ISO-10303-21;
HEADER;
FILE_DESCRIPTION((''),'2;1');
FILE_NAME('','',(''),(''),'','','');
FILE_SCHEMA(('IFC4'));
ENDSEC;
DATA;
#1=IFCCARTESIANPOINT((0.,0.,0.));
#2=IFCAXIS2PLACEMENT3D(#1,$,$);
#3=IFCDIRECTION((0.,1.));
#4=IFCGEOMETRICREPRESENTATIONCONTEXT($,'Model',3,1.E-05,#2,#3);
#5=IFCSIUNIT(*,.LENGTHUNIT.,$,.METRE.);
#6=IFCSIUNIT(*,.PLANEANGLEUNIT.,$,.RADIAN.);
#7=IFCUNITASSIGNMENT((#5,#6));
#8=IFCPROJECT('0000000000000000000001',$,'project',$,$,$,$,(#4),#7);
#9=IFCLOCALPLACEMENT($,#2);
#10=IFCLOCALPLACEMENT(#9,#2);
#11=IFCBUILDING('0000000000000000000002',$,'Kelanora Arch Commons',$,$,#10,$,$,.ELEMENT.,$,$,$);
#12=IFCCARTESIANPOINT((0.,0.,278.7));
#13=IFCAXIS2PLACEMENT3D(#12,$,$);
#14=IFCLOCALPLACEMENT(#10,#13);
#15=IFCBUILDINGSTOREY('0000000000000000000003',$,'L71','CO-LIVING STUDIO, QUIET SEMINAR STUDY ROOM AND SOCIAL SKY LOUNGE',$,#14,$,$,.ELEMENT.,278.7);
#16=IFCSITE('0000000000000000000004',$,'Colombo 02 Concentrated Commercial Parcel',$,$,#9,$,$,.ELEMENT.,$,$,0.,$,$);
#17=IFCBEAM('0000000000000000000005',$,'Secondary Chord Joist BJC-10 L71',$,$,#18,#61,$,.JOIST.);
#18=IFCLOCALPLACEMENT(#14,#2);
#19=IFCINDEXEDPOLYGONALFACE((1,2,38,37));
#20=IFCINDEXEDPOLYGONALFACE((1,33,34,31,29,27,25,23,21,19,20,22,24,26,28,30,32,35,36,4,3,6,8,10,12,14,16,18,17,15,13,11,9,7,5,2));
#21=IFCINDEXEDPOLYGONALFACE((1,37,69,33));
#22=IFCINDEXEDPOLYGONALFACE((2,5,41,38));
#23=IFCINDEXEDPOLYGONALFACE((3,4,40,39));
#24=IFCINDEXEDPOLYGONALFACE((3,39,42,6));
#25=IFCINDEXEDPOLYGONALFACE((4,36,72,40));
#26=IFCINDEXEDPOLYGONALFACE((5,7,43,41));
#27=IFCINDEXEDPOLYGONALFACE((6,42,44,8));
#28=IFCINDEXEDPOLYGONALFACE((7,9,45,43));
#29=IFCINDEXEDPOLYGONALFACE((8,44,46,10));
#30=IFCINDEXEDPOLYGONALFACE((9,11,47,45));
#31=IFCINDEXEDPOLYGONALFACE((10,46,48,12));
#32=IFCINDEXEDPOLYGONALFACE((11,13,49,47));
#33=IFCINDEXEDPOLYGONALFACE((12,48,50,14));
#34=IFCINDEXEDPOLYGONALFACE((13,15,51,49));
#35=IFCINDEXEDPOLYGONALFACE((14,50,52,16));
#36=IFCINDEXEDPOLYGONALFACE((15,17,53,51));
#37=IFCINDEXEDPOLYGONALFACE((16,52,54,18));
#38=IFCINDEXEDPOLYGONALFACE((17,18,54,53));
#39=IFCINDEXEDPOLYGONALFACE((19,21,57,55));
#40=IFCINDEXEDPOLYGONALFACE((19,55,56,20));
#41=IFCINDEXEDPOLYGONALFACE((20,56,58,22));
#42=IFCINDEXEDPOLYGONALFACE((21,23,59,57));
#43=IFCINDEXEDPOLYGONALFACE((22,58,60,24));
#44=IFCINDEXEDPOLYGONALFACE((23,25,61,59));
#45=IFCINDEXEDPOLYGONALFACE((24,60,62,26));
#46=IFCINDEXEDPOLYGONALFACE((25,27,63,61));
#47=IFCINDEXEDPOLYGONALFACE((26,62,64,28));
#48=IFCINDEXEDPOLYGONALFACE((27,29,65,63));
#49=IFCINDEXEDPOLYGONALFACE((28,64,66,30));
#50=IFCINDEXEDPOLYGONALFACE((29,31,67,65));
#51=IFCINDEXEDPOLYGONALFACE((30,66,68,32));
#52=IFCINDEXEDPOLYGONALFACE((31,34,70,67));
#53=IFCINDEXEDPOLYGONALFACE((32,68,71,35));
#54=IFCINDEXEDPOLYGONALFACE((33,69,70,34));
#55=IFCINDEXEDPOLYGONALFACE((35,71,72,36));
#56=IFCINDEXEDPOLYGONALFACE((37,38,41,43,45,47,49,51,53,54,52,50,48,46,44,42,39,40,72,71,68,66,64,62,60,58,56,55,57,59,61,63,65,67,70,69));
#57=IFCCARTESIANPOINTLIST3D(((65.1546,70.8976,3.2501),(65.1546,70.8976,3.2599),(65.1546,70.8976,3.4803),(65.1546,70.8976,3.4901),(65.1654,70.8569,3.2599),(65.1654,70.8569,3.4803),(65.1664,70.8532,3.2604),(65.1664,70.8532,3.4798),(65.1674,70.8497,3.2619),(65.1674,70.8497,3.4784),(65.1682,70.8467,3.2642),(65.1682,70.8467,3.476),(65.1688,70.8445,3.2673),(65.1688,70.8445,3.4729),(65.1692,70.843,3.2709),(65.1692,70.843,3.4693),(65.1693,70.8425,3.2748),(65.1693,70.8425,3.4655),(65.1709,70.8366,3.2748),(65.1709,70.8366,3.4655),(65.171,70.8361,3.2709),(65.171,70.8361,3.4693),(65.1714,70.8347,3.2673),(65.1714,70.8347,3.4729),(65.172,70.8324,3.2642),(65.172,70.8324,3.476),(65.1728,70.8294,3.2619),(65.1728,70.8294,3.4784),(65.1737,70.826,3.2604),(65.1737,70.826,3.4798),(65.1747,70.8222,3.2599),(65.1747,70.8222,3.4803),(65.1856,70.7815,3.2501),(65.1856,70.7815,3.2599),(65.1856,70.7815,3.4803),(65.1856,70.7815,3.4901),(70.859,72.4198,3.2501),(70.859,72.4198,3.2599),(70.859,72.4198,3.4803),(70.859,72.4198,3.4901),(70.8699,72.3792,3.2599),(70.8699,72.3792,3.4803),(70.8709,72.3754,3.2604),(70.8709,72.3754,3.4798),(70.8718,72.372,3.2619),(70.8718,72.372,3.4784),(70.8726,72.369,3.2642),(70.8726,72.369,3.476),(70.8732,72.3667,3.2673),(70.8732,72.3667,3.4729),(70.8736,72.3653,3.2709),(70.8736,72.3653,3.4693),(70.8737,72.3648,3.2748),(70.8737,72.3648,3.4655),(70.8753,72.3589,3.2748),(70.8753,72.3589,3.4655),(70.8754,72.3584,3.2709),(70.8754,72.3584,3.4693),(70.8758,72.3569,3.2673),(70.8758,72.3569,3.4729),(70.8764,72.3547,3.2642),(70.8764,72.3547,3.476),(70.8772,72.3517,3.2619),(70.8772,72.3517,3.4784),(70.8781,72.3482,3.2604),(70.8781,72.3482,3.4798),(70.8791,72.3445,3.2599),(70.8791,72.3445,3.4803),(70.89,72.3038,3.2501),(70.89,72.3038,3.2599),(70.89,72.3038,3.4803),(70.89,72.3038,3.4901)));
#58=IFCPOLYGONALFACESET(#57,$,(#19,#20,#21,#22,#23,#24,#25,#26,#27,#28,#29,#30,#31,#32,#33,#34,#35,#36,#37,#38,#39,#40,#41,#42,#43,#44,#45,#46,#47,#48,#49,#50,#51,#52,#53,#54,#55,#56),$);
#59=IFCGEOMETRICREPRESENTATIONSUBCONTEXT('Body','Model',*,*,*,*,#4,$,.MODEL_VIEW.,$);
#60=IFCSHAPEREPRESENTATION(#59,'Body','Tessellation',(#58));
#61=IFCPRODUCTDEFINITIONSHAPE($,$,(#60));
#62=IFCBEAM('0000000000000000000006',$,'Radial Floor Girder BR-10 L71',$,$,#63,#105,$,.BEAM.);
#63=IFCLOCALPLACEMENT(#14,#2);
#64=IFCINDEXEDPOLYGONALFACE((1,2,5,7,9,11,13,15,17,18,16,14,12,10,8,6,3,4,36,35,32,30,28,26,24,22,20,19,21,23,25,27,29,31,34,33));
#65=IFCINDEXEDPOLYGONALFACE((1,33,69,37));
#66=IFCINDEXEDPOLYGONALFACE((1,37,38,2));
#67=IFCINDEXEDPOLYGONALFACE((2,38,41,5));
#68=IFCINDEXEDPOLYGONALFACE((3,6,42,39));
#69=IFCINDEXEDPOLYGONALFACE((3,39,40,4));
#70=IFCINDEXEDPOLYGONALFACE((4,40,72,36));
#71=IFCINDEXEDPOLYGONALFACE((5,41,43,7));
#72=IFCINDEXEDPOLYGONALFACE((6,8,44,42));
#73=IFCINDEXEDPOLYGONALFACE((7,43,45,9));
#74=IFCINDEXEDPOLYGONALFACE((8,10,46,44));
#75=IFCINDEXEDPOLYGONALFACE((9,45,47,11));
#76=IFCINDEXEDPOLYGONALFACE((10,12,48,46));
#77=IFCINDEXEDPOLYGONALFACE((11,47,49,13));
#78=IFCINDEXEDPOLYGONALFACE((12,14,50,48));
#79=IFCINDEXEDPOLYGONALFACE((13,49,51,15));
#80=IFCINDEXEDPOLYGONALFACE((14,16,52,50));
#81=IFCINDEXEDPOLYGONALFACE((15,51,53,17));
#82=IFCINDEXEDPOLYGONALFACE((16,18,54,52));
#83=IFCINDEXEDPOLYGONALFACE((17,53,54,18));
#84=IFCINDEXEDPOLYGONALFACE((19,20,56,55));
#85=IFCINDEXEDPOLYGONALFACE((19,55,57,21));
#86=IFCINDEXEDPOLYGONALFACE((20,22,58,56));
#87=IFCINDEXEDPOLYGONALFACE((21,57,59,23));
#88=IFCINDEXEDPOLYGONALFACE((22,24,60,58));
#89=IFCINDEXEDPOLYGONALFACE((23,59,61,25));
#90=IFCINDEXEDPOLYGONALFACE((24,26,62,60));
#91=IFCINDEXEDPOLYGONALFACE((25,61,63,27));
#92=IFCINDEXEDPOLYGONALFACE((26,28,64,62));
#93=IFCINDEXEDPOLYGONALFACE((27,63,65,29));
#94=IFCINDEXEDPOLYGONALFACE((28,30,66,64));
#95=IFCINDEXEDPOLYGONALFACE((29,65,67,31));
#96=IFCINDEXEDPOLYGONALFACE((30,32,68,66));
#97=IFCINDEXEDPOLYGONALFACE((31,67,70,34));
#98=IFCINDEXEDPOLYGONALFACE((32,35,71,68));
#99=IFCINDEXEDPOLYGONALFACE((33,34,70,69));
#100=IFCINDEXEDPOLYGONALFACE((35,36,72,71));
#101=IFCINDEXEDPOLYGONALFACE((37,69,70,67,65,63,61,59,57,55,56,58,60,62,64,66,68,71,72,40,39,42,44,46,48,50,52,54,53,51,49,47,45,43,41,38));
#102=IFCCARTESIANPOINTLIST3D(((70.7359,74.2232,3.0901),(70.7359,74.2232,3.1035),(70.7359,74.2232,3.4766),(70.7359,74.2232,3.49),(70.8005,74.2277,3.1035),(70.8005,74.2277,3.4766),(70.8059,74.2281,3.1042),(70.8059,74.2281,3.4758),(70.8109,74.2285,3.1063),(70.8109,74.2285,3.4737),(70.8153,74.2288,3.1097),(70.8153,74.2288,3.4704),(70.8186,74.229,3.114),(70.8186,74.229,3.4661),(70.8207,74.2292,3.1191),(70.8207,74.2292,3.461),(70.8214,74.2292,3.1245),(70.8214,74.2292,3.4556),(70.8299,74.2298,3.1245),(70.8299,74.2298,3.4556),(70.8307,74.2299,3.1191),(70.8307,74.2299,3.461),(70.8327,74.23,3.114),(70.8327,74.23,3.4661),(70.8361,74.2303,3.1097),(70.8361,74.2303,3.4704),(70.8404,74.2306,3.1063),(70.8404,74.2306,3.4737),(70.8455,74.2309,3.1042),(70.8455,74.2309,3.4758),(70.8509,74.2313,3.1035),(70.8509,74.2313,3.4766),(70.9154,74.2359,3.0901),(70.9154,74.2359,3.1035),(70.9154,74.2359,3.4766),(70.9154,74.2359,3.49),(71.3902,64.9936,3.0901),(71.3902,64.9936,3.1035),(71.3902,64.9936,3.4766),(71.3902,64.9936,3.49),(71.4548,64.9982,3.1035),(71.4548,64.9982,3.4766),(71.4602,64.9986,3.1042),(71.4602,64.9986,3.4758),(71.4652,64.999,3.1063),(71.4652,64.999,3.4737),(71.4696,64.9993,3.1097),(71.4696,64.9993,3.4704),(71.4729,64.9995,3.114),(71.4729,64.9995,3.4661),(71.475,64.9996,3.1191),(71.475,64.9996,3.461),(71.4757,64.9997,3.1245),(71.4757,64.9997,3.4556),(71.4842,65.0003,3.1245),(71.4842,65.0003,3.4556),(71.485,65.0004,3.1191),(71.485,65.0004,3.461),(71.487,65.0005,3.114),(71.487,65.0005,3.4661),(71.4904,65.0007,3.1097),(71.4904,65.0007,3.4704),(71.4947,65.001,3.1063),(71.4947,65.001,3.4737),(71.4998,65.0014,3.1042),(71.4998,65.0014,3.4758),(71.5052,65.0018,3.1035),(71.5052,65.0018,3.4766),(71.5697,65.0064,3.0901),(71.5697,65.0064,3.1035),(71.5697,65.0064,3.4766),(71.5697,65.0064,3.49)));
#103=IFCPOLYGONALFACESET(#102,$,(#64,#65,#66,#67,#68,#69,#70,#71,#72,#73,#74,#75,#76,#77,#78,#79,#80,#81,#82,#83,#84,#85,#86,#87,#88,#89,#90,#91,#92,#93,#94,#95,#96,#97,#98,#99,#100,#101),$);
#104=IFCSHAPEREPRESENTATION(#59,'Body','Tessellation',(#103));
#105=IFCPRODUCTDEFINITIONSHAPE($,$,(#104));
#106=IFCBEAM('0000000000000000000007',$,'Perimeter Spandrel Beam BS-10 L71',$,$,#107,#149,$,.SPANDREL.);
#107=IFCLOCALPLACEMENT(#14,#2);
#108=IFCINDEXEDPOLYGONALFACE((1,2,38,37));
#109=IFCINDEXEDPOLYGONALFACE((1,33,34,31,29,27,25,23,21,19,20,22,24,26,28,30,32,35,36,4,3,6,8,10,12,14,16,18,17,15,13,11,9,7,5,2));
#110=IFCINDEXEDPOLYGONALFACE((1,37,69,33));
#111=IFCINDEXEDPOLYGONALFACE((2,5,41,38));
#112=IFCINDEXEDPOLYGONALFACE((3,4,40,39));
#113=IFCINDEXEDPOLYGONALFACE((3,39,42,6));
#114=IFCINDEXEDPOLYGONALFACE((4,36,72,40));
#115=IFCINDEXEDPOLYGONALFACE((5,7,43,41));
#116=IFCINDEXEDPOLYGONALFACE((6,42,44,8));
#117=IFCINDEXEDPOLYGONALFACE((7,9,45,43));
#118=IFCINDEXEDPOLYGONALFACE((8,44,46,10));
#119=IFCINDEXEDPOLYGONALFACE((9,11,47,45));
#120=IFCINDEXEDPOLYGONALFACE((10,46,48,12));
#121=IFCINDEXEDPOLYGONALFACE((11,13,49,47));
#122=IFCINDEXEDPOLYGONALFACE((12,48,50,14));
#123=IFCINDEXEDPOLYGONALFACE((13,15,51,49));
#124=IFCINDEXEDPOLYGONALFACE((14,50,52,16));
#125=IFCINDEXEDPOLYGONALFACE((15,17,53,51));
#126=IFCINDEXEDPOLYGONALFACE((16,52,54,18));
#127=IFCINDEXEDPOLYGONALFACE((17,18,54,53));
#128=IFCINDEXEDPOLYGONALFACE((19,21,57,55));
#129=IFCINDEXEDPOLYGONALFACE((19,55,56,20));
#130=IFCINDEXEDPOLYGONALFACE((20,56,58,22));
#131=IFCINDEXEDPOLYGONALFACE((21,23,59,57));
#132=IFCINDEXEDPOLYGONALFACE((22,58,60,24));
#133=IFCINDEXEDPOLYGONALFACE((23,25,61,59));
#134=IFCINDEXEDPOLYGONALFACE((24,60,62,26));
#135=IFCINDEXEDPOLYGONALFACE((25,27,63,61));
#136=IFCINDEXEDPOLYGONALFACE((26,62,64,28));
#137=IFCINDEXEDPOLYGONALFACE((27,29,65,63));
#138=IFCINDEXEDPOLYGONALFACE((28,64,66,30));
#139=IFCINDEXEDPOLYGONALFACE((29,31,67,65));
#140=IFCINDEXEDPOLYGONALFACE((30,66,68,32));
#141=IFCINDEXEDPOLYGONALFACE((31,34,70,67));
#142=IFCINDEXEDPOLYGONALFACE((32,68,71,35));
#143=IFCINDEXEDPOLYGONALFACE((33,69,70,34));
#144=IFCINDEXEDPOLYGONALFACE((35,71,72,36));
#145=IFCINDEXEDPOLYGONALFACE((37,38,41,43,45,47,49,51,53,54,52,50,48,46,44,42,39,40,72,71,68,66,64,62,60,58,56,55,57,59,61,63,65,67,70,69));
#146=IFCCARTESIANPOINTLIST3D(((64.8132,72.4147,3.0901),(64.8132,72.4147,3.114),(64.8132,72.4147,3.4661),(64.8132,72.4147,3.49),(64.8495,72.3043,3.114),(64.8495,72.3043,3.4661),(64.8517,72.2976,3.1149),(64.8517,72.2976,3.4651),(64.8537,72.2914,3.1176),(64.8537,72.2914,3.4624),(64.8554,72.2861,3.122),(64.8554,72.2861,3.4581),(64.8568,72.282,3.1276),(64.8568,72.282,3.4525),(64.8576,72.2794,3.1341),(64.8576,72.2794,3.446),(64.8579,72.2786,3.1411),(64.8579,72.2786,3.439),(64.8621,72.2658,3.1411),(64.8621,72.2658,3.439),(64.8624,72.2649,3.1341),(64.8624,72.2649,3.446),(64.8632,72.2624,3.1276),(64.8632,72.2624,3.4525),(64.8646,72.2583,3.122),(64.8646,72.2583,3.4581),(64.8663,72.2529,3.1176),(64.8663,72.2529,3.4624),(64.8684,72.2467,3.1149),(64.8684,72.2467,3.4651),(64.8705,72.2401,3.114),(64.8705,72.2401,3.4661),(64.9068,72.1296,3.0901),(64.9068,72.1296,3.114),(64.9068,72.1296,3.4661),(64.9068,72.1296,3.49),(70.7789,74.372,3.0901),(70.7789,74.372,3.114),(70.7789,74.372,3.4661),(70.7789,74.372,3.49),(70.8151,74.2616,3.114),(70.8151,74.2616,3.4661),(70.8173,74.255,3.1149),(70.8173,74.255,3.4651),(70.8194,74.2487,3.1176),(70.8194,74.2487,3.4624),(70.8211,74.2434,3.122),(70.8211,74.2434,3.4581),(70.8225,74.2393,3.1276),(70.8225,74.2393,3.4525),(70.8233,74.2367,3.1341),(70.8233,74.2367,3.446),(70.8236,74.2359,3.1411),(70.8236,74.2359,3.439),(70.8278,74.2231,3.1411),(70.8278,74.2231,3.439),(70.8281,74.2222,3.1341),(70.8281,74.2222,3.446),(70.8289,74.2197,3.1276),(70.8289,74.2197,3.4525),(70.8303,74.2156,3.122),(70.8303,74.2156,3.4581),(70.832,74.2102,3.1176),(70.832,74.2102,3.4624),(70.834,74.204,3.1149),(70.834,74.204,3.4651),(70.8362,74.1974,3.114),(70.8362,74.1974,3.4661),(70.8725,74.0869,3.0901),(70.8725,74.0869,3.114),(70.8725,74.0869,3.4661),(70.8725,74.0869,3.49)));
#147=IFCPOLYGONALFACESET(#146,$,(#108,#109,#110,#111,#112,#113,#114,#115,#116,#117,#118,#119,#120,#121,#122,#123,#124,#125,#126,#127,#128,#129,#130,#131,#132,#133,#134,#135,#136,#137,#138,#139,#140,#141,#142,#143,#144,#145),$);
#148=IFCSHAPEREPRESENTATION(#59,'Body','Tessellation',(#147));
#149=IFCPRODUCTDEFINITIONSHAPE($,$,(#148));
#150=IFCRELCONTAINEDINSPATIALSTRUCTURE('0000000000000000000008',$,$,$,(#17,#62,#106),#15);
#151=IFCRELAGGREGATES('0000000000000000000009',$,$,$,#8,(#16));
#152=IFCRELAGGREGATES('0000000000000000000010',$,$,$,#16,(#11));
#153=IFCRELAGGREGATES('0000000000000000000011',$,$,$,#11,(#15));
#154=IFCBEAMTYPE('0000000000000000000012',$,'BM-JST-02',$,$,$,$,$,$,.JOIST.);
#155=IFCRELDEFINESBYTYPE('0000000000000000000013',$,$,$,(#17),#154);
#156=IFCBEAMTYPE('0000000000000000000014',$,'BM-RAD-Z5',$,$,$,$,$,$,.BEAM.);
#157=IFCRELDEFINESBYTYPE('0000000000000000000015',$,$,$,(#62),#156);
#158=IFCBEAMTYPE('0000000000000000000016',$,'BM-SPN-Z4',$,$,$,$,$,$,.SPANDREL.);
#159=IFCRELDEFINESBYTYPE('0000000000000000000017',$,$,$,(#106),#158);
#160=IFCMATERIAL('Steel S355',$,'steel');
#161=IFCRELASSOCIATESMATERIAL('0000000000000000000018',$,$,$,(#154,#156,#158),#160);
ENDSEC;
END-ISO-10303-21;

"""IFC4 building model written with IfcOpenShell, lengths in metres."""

from ifc_helpers import new_model, si_unit, direction, frame, origin, origin_2d, place, context, subcontext, project, spatial, i_section, extrude, material, material_profile, profile_set, type_object, element, save


model = new_model("IFC4")

# Units and contexts
model_context = context("Model", 3, precision=1e-05, world=origin(), true_north=direction((0.0, 1.0)))
body_context = subcontext(model_context, "Body", "Model", "MODEL_VIEW")
ifc_project = project(units=[si_unit("LENGTHUNIT", "METRE"), si_unit("PLANEANGLEUNIT", "RADIAN")], contexts=[model_context])

# Site, building, storey
site_placement = place(None, origin())
site = spatial("IfcSite", under=ifc_project, at=site_placement, Name="Colombo 02 Concentrated Commercial Parcel", CompositionType="ELEMENT", RefElevation=0.0)
building_placement = place(site_placement, origin())
building = spatial("IfcBuilding", under=site, at=building_placement, Name="Kelanora Arch Commons", CompositionType="ELEMENT")
storey_placement = place(building_placement, frame((0.0, 0.0, 278.7)))
storey = spatial("IfcBuildingStorey", under=building, at=storey_placement, Name="L71", Description="CO-LIVING STUDIO, QUIET SEMINAR STUDY ROOM AND SOCIAL SKY LOUNGE", CompositionType="ELEMENT", Elevation=278.7)

# Beams
ifc_material_1 = material(Name="Steel S355", Category="steel")
ifc_material_profile_1 = material_profile(ifc_material_1, i_section(OverallWidth=0.1201, OverallDepth=0.24, WebThickness=0.0061, FlangeThickness=0.0098, FilletRadius=0.0149, at=origin_2d()), Name="IPE240")
ifc_profile_set_1 = profile_set([ifc_material_profile_1], Name="Steel S355")
beam_type_1 = type_object("IfcBeamType", Name="BM-JST-02", PredefinedType="JOIST", material=ifc_profile_set_1)
beam_1_placement = place(storey_placement, frame((70.8745, 72.3618, 3.3701), z_axis=(-0.96619, -0.25783, 0.0), x_axis=(0.25783, -0.96619, 0.0)))
element("IfcBeam", 1, at=beam_1_placement, inside=storey, type_object=beam_type_1, Name="Secondary Chord Joist BJC-10 L71", PredefinedType="JOIST", context=body_context, shape_type="SweptSolid", body=[
    extrude(i_section(OverallWidth=0.1201, OverallDepth=0.24, WebThickness=0.0061, FlangeThickness=0.0098, FilletRadius=0.0149, at=origin_2d()), origin(), (0.0, 0.0, 1.0), 5.9041),
])
ifc_material_profile_2 = material_profile(ifc_material_1, i_section(OverallWidth=0.1799, OverallDepth=0.3999, WebThickness=0.0085, FlangeThickness=0.0134, FilletRadius=0.021, at=origin_2d()), Name="IPE400")
ifc_profile_set_2 = profile_set([ifc_material_profile_2], Name="Steel S355")
beam_type_2 = type_object("IfcBeamType", Name="BM-RAD-Z5", PredefinedType="BEAM", material=ifc_profile_set_2)
beam_2_placement = place(storey_placement, frame((71.48, 65.0, 3.29), z_axis=(-0.070714, 0.997497, 0.0), x_axis=(-0.997497, -0.070714, 0.0)))
element("IfcBeam", 2, at=beam_2_placement, inside=storey, type_object=beam_type_2, Name="Radial Floor Girder BR-10 L71", PredefinedType="BEAM", context=body_context, shape_type="SweptSolid", body=[
    extrude(i_section(OverallWidth=0.1799, OverallDepth=0.3999, WebThickness=0.0085, FlangeThickness=0.0134, FilletRadius=0.021, at=origin_2d()), origin(), (0.0, 0.0, 1.0), 9.2527),
])
ifc_material_profile_3 = material_profile(ifc_material_1, i_section(OverallWidth=0.3, OverallDepth=0.3999, WebThickness=0.0134, FlangeThickness=0.0239, FilletRadius=0.0271, at=origin_2d()), Name="HEB400")
ifc_profile_set_3 = profile_set([ifc_material_profile_3], Name="Steel S355")
beam_type_3 = type_object("IfcBeamType", Name="BM-SPN-Z4", PredefinedType="SPANDREL", material=ifc_profile_set_3)
beam_3_placement = place(storey_placement, frame((70.8257, 74.2295, 3.29), z_axis=(-0.950166, -0.311745, 0.0), x_axis=(0.311745, -0.950166, 0.0)))
element("IfcBeam", 3, at=beam_3_placement, inside=storey, type_object=beam_type_3, Name="Perimeter Spandrel Beam BS-10 L71", PredefinedType="SPANDREL", context=body_context, shape_type="SweptSolid", body=[
    extrude(i_section(OverallWidth=0.3, OverallDepth=0.3999, WebThickness=0.0134, FlangeThickness=0.0239, FilletRadius=0.0271, at=origin_2d()), origin(), (0.0, 0.0, 1.0), 6.2786),
])

save(model, "model.ifc")
